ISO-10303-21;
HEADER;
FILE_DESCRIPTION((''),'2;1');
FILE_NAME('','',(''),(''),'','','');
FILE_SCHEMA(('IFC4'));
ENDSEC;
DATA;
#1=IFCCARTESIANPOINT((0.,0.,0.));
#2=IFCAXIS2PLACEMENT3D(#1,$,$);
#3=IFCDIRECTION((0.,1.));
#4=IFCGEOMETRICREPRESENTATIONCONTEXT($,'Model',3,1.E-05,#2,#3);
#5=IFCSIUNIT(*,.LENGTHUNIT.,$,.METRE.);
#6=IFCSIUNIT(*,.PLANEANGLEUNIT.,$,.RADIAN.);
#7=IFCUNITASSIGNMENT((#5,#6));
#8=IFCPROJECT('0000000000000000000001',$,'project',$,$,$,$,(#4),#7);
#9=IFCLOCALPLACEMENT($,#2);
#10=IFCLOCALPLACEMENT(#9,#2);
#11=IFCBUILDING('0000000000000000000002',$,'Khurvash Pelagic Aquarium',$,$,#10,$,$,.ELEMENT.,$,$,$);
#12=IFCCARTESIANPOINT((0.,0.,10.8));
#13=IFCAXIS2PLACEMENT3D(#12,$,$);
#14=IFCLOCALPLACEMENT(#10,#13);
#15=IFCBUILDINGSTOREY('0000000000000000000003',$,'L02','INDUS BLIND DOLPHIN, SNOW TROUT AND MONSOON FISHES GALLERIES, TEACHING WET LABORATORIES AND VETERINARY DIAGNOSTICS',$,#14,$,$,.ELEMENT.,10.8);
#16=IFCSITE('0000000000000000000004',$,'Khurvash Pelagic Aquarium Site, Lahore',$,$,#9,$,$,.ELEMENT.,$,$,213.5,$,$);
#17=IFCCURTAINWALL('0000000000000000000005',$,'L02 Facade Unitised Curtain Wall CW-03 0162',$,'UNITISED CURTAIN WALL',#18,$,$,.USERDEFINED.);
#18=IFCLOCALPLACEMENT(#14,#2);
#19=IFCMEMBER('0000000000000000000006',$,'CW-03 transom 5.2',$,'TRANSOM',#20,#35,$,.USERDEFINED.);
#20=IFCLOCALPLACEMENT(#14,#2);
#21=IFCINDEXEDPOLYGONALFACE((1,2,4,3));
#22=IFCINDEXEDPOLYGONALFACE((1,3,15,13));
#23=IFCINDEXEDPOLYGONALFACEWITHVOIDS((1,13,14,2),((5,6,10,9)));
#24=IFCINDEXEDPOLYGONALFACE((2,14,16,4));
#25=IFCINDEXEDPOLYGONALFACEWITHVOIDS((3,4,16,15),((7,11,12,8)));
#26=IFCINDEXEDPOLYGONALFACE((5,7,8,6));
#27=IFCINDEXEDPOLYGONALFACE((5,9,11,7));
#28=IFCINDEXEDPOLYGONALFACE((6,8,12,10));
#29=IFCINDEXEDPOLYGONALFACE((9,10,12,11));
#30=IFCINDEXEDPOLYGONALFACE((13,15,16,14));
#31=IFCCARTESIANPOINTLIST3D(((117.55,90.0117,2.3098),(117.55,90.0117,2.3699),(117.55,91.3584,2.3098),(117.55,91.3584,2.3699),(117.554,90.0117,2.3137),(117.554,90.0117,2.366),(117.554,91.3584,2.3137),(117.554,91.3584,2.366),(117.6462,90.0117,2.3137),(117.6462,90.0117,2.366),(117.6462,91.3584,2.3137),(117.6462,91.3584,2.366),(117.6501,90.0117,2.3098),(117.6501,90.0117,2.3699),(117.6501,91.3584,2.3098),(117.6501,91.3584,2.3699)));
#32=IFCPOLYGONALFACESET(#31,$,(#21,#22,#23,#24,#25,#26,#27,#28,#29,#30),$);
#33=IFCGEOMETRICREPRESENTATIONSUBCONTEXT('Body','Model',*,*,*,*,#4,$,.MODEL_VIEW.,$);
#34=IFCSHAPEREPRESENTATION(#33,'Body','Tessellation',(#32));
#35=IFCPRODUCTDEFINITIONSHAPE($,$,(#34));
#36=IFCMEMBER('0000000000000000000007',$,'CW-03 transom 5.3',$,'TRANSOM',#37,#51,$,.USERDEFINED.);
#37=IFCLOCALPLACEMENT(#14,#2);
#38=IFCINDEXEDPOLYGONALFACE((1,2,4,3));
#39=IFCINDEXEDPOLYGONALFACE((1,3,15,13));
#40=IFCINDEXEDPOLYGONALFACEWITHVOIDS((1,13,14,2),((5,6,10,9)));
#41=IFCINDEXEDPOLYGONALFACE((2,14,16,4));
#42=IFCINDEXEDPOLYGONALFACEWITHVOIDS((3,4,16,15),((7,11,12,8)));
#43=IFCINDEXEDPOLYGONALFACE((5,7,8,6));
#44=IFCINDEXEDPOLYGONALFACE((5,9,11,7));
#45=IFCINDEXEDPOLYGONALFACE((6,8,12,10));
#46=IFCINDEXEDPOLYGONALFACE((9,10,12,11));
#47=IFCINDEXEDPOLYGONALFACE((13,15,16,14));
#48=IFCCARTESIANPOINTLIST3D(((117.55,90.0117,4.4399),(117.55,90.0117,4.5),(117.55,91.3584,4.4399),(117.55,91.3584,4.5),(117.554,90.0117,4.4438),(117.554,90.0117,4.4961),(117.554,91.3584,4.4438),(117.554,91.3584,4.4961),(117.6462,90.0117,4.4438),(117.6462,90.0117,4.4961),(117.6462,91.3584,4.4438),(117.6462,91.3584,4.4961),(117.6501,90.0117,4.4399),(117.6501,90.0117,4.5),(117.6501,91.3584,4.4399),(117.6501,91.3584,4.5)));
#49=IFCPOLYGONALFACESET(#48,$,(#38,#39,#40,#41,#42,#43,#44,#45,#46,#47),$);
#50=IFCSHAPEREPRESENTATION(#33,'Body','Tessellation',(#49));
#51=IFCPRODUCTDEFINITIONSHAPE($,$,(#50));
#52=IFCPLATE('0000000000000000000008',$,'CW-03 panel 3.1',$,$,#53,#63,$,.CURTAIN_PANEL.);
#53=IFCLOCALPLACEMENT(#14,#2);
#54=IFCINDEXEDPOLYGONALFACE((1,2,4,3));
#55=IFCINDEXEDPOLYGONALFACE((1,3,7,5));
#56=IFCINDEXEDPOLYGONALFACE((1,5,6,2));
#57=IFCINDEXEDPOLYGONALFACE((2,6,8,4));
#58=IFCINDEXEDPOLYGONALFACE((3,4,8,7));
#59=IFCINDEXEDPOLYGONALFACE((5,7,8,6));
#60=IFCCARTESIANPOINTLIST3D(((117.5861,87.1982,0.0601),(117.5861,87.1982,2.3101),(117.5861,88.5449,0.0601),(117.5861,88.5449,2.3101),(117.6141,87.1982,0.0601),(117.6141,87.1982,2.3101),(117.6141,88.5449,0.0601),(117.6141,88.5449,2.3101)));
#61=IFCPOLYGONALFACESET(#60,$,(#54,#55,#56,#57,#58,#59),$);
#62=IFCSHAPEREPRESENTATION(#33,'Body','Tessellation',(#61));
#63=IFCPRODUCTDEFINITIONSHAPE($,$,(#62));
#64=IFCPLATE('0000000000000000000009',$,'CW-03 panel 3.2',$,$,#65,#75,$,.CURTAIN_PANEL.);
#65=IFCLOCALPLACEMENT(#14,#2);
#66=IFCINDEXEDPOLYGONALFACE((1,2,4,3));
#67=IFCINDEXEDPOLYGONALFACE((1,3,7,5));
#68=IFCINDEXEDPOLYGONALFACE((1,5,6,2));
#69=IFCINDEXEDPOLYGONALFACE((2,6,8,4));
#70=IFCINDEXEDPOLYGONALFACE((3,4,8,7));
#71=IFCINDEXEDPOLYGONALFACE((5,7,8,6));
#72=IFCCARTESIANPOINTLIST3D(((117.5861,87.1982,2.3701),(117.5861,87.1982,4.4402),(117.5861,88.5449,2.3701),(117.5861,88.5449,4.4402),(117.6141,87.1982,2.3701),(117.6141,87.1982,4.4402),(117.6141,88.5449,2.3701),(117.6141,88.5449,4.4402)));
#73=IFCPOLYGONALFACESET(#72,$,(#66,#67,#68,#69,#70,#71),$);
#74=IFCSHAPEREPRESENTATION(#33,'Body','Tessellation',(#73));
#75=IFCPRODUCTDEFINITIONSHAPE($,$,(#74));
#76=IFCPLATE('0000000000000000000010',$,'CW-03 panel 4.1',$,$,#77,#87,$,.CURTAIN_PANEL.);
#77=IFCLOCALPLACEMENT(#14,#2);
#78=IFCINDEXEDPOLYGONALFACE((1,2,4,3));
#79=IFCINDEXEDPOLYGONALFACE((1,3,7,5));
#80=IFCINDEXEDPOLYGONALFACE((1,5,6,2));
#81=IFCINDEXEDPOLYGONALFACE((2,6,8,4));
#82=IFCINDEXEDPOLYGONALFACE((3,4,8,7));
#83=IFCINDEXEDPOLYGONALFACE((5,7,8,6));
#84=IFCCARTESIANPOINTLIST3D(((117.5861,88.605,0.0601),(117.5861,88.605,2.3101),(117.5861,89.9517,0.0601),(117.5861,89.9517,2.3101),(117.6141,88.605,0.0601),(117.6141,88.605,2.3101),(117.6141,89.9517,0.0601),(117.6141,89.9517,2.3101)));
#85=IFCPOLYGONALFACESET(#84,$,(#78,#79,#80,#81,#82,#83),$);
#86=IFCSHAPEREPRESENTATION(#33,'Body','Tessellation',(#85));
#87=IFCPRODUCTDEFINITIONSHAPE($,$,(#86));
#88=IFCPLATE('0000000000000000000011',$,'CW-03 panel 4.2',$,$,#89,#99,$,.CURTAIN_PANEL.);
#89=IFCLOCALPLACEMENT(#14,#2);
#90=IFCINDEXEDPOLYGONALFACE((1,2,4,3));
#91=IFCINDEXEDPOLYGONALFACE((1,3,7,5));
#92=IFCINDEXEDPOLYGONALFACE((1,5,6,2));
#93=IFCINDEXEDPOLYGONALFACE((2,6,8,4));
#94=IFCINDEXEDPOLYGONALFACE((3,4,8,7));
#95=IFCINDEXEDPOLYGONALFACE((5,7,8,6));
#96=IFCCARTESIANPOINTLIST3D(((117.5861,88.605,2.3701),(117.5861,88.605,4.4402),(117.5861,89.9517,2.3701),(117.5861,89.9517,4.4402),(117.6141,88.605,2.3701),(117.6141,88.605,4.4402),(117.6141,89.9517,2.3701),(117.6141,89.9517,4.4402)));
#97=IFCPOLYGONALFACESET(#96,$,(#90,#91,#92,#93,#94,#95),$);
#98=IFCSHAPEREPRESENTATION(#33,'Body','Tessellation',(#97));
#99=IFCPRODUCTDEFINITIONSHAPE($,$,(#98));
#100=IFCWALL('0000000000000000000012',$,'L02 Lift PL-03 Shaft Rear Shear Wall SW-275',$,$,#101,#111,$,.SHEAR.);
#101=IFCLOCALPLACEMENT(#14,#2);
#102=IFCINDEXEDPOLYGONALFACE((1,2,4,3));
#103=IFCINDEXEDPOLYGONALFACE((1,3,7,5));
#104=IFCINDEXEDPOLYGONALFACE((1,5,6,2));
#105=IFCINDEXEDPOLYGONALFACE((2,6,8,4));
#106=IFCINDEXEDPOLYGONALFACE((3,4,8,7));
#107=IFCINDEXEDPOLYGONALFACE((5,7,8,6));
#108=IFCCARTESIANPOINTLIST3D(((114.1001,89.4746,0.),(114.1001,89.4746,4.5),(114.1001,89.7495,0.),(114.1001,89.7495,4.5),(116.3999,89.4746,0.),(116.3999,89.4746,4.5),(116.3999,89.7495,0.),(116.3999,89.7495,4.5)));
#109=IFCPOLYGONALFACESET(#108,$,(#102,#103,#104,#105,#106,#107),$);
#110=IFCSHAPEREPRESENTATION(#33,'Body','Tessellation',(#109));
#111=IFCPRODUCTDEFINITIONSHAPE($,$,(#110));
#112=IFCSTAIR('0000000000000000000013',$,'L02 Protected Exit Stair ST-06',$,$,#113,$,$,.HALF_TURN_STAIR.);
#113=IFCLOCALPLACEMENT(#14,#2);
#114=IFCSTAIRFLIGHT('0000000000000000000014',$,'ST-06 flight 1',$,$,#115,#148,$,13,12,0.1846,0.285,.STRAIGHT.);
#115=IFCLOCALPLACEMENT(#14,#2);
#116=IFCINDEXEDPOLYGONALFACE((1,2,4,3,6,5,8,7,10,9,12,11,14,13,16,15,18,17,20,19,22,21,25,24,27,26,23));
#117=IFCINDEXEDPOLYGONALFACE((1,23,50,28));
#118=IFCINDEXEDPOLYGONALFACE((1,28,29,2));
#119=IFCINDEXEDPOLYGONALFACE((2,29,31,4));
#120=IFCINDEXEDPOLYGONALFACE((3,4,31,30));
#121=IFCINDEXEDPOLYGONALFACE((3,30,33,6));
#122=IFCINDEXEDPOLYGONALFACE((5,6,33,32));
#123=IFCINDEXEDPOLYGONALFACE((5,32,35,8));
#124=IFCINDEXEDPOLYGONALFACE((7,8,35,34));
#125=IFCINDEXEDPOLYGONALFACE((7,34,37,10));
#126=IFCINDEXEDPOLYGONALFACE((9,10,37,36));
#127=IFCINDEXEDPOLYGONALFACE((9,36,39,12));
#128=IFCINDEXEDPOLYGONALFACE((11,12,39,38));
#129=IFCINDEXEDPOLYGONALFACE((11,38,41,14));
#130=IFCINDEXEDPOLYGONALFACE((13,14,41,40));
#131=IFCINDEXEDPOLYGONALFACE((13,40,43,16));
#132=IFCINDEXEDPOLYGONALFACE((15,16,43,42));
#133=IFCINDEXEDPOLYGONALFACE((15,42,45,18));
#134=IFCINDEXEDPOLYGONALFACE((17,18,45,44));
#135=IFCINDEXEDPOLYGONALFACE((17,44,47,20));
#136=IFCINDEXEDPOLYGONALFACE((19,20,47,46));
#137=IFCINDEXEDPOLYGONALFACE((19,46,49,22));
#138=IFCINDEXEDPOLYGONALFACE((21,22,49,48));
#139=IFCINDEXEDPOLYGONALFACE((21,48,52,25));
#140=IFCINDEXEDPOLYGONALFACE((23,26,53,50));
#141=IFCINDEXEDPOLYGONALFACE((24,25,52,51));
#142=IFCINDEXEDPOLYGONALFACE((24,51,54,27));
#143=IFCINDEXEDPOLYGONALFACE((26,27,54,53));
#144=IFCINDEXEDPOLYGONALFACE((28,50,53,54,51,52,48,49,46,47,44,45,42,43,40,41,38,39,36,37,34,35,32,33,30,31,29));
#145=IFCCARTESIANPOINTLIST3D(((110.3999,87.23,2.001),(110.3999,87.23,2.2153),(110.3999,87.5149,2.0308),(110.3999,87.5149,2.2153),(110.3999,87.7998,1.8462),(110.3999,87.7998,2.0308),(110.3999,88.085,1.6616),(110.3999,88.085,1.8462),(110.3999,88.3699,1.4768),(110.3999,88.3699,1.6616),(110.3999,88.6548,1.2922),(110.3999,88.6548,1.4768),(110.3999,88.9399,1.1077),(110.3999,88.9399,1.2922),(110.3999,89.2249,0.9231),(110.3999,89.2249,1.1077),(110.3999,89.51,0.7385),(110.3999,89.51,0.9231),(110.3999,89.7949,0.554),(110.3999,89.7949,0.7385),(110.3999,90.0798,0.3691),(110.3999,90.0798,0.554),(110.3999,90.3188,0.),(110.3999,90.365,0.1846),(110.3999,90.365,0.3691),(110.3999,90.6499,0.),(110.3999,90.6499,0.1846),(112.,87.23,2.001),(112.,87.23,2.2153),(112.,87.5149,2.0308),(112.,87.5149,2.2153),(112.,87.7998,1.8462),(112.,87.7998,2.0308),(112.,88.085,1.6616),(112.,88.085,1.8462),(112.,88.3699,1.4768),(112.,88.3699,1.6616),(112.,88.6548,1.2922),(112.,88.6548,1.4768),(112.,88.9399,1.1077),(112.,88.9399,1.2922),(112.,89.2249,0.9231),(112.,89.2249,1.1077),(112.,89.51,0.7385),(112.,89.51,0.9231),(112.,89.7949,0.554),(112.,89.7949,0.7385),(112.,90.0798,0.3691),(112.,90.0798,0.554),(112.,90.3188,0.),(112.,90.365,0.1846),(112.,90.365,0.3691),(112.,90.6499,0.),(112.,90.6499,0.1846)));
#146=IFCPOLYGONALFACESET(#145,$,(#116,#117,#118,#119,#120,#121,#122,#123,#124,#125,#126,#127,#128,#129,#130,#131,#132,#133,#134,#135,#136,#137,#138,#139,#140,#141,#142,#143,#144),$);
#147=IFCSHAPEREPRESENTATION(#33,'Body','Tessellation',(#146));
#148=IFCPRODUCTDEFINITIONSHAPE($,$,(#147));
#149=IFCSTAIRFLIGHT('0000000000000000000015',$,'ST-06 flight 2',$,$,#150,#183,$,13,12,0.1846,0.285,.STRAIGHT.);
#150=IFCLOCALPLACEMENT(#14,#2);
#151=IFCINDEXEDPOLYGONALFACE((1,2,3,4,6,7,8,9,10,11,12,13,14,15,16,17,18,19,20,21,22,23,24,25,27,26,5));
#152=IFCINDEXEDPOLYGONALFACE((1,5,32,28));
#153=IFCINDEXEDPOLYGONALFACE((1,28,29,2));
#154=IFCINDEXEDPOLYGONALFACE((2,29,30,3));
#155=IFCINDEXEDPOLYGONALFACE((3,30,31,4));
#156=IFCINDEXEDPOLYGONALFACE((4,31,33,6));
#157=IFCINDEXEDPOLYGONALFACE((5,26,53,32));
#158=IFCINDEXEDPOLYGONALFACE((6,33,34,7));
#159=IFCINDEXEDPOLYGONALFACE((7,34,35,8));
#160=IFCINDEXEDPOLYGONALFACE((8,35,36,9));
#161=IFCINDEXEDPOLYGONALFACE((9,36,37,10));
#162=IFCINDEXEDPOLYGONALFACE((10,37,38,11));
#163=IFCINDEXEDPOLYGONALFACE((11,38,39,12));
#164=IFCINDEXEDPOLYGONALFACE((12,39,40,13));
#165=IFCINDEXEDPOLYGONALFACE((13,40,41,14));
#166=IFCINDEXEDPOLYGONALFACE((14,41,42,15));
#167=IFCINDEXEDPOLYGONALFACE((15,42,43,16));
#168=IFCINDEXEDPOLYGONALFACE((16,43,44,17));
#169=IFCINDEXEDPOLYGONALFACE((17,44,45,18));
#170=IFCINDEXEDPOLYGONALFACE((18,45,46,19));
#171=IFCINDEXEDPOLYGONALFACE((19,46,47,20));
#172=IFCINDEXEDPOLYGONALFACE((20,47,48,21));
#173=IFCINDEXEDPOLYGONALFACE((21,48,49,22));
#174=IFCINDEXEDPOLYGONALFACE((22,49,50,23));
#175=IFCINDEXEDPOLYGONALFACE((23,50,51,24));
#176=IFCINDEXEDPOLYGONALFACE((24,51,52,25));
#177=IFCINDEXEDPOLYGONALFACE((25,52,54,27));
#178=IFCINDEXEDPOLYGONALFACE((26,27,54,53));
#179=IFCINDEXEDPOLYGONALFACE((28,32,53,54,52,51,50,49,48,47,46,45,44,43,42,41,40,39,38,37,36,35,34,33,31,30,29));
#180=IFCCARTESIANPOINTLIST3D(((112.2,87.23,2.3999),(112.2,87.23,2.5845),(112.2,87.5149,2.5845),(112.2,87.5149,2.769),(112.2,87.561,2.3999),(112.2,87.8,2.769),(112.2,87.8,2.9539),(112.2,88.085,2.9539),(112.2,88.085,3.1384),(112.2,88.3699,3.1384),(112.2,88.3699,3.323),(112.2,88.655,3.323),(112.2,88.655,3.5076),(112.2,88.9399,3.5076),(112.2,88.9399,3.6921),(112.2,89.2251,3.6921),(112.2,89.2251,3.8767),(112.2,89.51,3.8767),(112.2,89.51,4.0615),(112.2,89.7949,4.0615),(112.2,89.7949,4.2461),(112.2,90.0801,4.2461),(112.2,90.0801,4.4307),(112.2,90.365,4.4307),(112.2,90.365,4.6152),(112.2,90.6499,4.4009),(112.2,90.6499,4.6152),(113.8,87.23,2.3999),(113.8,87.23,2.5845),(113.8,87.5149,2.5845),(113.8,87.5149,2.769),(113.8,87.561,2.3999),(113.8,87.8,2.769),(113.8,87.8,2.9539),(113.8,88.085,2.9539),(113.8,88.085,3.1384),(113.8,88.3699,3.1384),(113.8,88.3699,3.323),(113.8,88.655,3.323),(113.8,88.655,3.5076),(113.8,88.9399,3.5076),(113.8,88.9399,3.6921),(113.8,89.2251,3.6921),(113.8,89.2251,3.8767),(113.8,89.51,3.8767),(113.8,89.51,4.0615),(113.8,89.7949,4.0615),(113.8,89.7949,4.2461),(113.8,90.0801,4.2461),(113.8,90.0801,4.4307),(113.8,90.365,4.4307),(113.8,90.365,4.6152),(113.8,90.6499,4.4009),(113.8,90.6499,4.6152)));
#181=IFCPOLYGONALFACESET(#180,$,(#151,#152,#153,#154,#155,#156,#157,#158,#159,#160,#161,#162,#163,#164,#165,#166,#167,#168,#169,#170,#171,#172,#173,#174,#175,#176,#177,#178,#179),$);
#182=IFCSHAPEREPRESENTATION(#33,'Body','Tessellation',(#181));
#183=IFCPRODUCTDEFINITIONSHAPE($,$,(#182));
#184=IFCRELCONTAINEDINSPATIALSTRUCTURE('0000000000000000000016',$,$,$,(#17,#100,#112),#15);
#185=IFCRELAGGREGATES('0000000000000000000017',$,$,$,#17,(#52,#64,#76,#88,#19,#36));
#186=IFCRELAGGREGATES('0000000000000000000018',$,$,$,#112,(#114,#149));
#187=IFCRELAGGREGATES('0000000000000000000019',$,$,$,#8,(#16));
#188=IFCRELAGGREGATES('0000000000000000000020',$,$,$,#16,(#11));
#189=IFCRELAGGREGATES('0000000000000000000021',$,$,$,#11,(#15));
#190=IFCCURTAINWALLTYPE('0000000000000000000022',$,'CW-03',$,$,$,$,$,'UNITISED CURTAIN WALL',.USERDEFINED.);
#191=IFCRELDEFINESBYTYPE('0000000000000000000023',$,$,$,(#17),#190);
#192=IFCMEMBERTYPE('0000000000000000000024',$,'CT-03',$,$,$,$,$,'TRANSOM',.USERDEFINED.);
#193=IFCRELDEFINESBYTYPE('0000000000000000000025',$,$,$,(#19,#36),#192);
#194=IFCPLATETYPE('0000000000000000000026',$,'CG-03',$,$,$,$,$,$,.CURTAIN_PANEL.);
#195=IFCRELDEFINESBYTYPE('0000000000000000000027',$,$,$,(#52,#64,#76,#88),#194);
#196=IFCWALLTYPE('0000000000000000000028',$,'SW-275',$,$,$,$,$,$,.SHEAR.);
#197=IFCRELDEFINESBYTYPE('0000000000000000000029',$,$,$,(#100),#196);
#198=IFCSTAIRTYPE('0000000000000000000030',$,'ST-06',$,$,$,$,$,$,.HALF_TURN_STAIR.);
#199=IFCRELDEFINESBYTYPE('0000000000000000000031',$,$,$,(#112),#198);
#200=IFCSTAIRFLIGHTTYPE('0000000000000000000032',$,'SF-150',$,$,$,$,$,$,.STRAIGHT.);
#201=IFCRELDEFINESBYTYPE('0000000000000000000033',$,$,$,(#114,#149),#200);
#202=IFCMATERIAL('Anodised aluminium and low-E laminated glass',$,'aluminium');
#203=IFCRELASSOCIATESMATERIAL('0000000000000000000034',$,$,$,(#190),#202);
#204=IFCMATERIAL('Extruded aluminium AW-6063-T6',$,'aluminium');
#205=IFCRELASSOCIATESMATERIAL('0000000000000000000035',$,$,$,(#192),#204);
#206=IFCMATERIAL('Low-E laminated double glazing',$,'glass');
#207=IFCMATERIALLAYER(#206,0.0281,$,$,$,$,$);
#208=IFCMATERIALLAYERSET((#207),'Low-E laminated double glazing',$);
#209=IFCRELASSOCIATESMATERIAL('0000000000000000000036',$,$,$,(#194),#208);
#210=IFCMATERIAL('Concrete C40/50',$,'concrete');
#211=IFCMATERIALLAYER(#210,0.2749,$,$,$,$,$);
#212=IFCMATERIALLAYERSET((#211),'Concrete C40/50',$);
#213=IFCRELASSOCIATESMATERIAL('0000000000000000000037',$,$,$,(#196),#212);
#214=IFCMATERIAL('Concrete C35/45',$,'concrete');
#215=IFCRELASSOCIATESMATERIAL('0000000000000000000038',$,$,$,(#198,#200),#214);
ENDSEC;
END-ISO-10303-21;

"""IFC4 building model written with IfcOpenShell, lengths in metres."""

from ifc_helpers import new_model, si_unit, direction, frame, frame_2d, origin, origin_2d, place, context, subcontext, project, spatial, polyline, rectangle, hollow_rectangle, outline, extrude, material, layer, layer_set, material_profile, profile_set, type_object, element, aggregate, save


model = new_model("IFC4")

# Units and contexts
model_context = context("Model", 3, precision=1e-05, world=origin(), true_north=direction((0.0, 1.0)))
body_context = subcontext(model_context, "Body", "Model", "MODEL_VIEW")
ifc_project = project(units=[si_unit("LENGTHUNIT", "METRE"), si_unit("PLANEANGLEUNIT", "RADIAN")], contexts=[model_context])

# Site, building, storey
site_placement = place(None, origin())
site = spatial("IfcSite", under=ifc_project, at=site_placement, Name="Khurvash Pelagic Aquarium Site, Lahore", CompositionType="ELEMENT", RefElevation=213.5)
building_placement = place(site_placement, origin())
building = spatial("IfcBuilding", under=site, at=building_placement, Name="Khurvash Pelagic Aquarium", CompositionType="ELEMENT")
storey_placement = place(building_placement, frame((0.0, 0.0, 10.8)))
storey = spatial("IfcBuildingStorey", under=building, at=storey_placement, Name="L02", Description="INDUS BLIND DOLPHIN, SNOW TROUT AND MONSOON FISHES GALLERIES, TEACHING WET LABORATORIES AND VETERINARY DIAGNOSTICS", CompositionType="ELEMENT", Elevation=10.8)

# Shared definitions
ifc_material_1 = material(Name="Concrete C35/45", Category="concrete")

# Curtain wall, members, plates
ifc_material_2 = material(Name="Anodised aluminium and low-E laminated glass", Category="aluminium")
curtain_wall_type = type_object("IfcCurtainWallType", Name="CW-03", ElementType="UNITISED CURTAIN WALL", PredefinedType="USERDEFINED", material=ifc_material_2)
curtain_wall_placement = place(storey_placement, origin())
curtain_wall = element("IfcCurtainWall", 1, at=curtain_wall_placement, inside=storey, type_object=curtain_wall_type, Name="L02 Facade Unitised Curtain Wall CW-03 0162", ObjectType="UNITISED CURTAIN WALL", PredefinedType="USERDEFINED")
ifc_material_3 = material(Name="Extruded aluminium AW-6063-T6", Category="aluminium")
ifc_material_profile_1 = material_profile(ifc_material_3, hollow_rectangle(XDim=0.1001, YDim=0.0601, WallThickness=0.0039, at=origin_2d()), Name="CWT100X60X4")
ifc_profile_set_1 = profile_set([ifc_material_profile_1], Name="Extruded aluminium AW-6063-T6")
member_type_1 = type_object("IfcMemberType", Name="CT-03", ElementType="TRANSOM", PredefinedType="USERDEFINED", material=ifc_profile_set_1)
member_1_placement = place(storey_placement, frame((117.6001, 90.0117, 2.3398), z_axis=(0.0, 1.0, 0.0), x_axis=(-1.0, 0.0, 0.0)))
member_1 = element("IfcMember", 2, at=member_1_placement, type_object=member_type_1, Name="CW-03 transom 5.2", ObjectType="TRANSOM", PredefinedType="USERDEFINED", context=body_context, shape_type="SweptSolid", body=[
    extrude(hollow_rectangle(XDim=0.1001, YDim=0.0601, WallThickness=0.0039, at=origin_2d()), origin(), (0.0, 0.0, 1.0), 1.3467),
])
member_2_placement = place(storey_placement, frame((117.6001, 90.0117, 4.47), z_axis=(0.0, 1.0, 0.0), x_axis=(-1.0, 0.0, 0.0)))
member_2 = element("IfcMember", 3, at=member_2_placement, type_object=member_type_1, Name="CW-03 transom 5.3", ObjectType="TRANSOM", PredefinedType="USERDEFINED", context=body_context, shape_type="SweptSolid", body=[
    extrude(hollow_rectangle(XDim=0.1001, YDim=0.0601, WallThickness=0.0039, at=origin_2d()), origin(), (0.0, 0.0, 1.0), 1.3467),
])
ifc_material_4 = material(Name="Low-E laminated double glazing", Category="glass")
ifc_layer_1 = layer(ifc_material_4, 0.0281)
ifc_layer_set_1 = layer_set([ifc_layer_1], Name="Low-E laminated double glazing")
plate_type = type_object("IfcPlateType", Name="CG-03", PredefinedType="CURTAIN_PANEL", material=ifc_layer_set_1)
plate_1_placement = place(storey_placement, frame((117.6001, 87.8716, 0.0601), z_axis=(0.0, 0.0, 1.0), x_axis=(0.0, 1.0, 0.0)))
plate_1 = element("IfcPlate", 4, at=plate_1_placement, type_object=plate_type, Name="CW-03 panel 3.1", PredefinedType="CURTAIN_PANEL", context=body_context, shape_type="SweptSolid", body=[
    extrude(rectangle(XDim=1.3467, YDim=0.0281, at=origin_2d()), origin(), (0.0, 0.0, 1.0), 2.25),
])
plate_2_placement = place(storey_placement, frame((117.6001, 87.8716, 2.3701), z_axis=(0.0, 0.0, 1.0), x_axis=(0.0, 1.0, 0.0)))
plate_2 = element("IfcPlate", 5, at=plate_2_placement, type_object=plate_type, Name="CW-03 panel 3.2", PredefinedType="CURTAIN_PANEL", context=body_context, shape_type="SweptSolid", body=[
    extrude(rectangle(XDim=1.3467, YDim=0.0281, at=origin_2d()), origin(), (0.0, 0.0, 1.0), 2.0701),
])
plate_3_placement = place(storey_placement, frame((117.6001, 89.2783, 0.0601), z_axis=(0.0, 0.0, 1.0), x_axis=(0.0, 1.0, 0.0)))
plate_3 = element("IfcPlate", 6, at=plate_3_placement, type_object=plate_type, Name="CW-03 panel 4.1", PredefinedType="CURTAIN_PANEL", context=body_context, shape_type="SweptSolid", body=[
    extrude(rectangle(XDim=1.3467, YDim=0.0281, at=origin_2d()), origin(), (0.0, 0.0, 1.0), 2.25),
])
plate_4_placement = place(storey_placement, frame((117.6001, 89.2783, 2.3701), z_axis=(0.0, 0.0, 1.0), x_axis=(0.0, 1.0, 0.0)))
plate_4 = element("IfcPlate", 7, at=plate_4_placement, type_object=plate_type, Name="CW-03 panel 4.2", PredefinedType="CURTAIN_PANEL", context=body_context, shape_type="SweptSolid", body=[
    extrude(rectangle(XDim=1.3467, YDim=0.0281, at=origin_2d()), origin(), (0.0, 0.0, 1.0), 2.0701),
])
aggregate(curtain_wall, [plate_1, plate_2, plate_3, plate_4, member_1, member_2])

# Wall
ifc_material_5 = material(Name="Concrete C40/50", Category="concrete")
ifc_layer_2 = layer(ifc_material_5, 0.2749)
ifc_layer_set_2 = layer_set([ifc_layer_2], Name="Concrete C40/50")
wall_type = type_object("IfcWallType", Name="SW-275", PredefinedType="SHEAR", material=ifc_layer_set_2)
wall_placement = place(storey_placement, frame((114.1001, 89.6121, 0.0), z_axis=(0.0, 0.0, 1.0), x_axis=(1.0, 0.0, 0.0)))
element("IfcWall", 8, at=wall_placement, inside=storey, type_object=wall_type, Name="L02 Lift PL-03 Shaft Rear Shear Wall SW-275", PredefinedType="SHEAR", context=body_context, shape_type="SweptSolid", body=[
    extrude(rectangle(XDim=2.2998, YDim=0.2749, at=frame_2d((1.1499, 0.0))), origin(), (0.0, 0.0, 1.0), 4.5),
])

# Stair, stair flights
stair_type = type_object("IfcStairType", Name="ST-06", PredefinedType="HALF_TURN_STAIR", material=ifc_material_1)
stair_placement = place(storey_placement, origin())
stair = element("IfcStair", 9, at=stair_placement, inside=storey, type_object=stair_type, Name="L02 Protected Exit Stair ST-06", PredefinedType="HALF_TURN_STAIR")
stair_flight_type = type_object("IfcStairFlightType", Name="SF-150", PredefinedType="STRAIGHT", material=ifc_material_1)
stair_flight_1_placement = place(storey_placement, frame((111.2, 90.6499, 0.0), z_axis=(0.0, 0.0, 1.0), x_axis=(0.0, -1.0, 0.0)))
stair_flight_1 = element("IfcStairFlight", 10, at=stair_flight_1_placement, type_object=stair_flight_type, Name="ST-06 flight 1", NumberOfRisers=13, NumberOfTreads=12, PredefinedType="STRAIGHT", RiserHeight=0.1846, TreadLength=0.285, context=body_context, shape_type="SweptSolid", body=[
    extrude(outline(polyline([(0.0, 0.0), (0.0, 0.1846), (0.2849, 0.1846), (0.2849, 0.3691), (0.5701, 0.3691), (0.5701, 0.554), (0.855, 0.554), (0.855, 0.7385), (1.1399, 0.7385), (1.1399, 0.9231), (1.425, 0.9231), (1.425, 1.1077), (1.71, 1.1077), (1.71, 1.2922), (1.9951, 1.2922), (1.9951, 1.4768), (2.28, 1.4768), (2.28, 1.6616), (2.5649, 1.6616), (2.5649, 1.8462), (2.8501, 1.8462), (2.8501, 2.0308), (3.135, 2.0308), (3.135, 2.2153), (3.4199, 2.2153), (3.4199, 2.3999), (3.4199, 2.001), (0.3311, 0.0), (0.0, 0.0)])), frame((0.0, 0.8, 0.0), z_axis=(0.0, -1.0, 0.0), x_axis=(1.0, 0.0, 0.0)), (0.0, 0.0, 1.0), 1.6001),
])
stair_flight_2_placement = place(storey_placement, frame((113.0, 87.23, 2.3999), z_axis=(0.0, 0.0, 1.0), x_axis=(0.0, 1.0, 0.0)))
stair_flight_2 = element("IfcStairFlight", 11, at=stair_flight_2_placement, type_object=stair_flight_type, Name="ST-06 flight 2", NumberOfRisers=13, NumberOfTreads=12, PredefinedType="STRAIGHT", RiserHeight=0.1846, TreadLength=0.285, context=body_context, shape_type="SweptSolid", body=[
    extrude(outline(polyline([(0.0, 0.0), (0.0, 0.1846), (0.2849, 0.1846), (0.2849, 0.3691), (0.5701, 0.3691), (0.5701, 0.554), (0.855, 0.554), (0.855, 0.7385), (1.1399, 0.7385), (1.1399, 0.9231), (1.425, 0.9231), (1.425, 1.1077), (1.71, 1.1077), (1.71, 1.2922), (1.9951, 1.2922), (1.9951, 1.4768), (2.28, 1.4768), (2.28, 1.6616), (2.5649, 1.6616), (2.5649, 1.8462), (2.8501, 1.8462), (2.8501, 2.0308), (3.135, 2.0308), (3.135, 2.2153), (3.4199, 2.2153), (3.4199, 2.3999), (3.4199, 2.001), (0.3311, 0.0), (0.0, 0.0)])), frame((0.0, 0.8, 0.0), z_axis=(0.0, -1.0, 0.0), x_axis=(1.0, 0.0, 0.0)), (0.0, 0.0, 1.0), 1.6001),
])
aggregate(stair, [stair_flight_1, stair_flight_2])

save(model, "model.ifc")
